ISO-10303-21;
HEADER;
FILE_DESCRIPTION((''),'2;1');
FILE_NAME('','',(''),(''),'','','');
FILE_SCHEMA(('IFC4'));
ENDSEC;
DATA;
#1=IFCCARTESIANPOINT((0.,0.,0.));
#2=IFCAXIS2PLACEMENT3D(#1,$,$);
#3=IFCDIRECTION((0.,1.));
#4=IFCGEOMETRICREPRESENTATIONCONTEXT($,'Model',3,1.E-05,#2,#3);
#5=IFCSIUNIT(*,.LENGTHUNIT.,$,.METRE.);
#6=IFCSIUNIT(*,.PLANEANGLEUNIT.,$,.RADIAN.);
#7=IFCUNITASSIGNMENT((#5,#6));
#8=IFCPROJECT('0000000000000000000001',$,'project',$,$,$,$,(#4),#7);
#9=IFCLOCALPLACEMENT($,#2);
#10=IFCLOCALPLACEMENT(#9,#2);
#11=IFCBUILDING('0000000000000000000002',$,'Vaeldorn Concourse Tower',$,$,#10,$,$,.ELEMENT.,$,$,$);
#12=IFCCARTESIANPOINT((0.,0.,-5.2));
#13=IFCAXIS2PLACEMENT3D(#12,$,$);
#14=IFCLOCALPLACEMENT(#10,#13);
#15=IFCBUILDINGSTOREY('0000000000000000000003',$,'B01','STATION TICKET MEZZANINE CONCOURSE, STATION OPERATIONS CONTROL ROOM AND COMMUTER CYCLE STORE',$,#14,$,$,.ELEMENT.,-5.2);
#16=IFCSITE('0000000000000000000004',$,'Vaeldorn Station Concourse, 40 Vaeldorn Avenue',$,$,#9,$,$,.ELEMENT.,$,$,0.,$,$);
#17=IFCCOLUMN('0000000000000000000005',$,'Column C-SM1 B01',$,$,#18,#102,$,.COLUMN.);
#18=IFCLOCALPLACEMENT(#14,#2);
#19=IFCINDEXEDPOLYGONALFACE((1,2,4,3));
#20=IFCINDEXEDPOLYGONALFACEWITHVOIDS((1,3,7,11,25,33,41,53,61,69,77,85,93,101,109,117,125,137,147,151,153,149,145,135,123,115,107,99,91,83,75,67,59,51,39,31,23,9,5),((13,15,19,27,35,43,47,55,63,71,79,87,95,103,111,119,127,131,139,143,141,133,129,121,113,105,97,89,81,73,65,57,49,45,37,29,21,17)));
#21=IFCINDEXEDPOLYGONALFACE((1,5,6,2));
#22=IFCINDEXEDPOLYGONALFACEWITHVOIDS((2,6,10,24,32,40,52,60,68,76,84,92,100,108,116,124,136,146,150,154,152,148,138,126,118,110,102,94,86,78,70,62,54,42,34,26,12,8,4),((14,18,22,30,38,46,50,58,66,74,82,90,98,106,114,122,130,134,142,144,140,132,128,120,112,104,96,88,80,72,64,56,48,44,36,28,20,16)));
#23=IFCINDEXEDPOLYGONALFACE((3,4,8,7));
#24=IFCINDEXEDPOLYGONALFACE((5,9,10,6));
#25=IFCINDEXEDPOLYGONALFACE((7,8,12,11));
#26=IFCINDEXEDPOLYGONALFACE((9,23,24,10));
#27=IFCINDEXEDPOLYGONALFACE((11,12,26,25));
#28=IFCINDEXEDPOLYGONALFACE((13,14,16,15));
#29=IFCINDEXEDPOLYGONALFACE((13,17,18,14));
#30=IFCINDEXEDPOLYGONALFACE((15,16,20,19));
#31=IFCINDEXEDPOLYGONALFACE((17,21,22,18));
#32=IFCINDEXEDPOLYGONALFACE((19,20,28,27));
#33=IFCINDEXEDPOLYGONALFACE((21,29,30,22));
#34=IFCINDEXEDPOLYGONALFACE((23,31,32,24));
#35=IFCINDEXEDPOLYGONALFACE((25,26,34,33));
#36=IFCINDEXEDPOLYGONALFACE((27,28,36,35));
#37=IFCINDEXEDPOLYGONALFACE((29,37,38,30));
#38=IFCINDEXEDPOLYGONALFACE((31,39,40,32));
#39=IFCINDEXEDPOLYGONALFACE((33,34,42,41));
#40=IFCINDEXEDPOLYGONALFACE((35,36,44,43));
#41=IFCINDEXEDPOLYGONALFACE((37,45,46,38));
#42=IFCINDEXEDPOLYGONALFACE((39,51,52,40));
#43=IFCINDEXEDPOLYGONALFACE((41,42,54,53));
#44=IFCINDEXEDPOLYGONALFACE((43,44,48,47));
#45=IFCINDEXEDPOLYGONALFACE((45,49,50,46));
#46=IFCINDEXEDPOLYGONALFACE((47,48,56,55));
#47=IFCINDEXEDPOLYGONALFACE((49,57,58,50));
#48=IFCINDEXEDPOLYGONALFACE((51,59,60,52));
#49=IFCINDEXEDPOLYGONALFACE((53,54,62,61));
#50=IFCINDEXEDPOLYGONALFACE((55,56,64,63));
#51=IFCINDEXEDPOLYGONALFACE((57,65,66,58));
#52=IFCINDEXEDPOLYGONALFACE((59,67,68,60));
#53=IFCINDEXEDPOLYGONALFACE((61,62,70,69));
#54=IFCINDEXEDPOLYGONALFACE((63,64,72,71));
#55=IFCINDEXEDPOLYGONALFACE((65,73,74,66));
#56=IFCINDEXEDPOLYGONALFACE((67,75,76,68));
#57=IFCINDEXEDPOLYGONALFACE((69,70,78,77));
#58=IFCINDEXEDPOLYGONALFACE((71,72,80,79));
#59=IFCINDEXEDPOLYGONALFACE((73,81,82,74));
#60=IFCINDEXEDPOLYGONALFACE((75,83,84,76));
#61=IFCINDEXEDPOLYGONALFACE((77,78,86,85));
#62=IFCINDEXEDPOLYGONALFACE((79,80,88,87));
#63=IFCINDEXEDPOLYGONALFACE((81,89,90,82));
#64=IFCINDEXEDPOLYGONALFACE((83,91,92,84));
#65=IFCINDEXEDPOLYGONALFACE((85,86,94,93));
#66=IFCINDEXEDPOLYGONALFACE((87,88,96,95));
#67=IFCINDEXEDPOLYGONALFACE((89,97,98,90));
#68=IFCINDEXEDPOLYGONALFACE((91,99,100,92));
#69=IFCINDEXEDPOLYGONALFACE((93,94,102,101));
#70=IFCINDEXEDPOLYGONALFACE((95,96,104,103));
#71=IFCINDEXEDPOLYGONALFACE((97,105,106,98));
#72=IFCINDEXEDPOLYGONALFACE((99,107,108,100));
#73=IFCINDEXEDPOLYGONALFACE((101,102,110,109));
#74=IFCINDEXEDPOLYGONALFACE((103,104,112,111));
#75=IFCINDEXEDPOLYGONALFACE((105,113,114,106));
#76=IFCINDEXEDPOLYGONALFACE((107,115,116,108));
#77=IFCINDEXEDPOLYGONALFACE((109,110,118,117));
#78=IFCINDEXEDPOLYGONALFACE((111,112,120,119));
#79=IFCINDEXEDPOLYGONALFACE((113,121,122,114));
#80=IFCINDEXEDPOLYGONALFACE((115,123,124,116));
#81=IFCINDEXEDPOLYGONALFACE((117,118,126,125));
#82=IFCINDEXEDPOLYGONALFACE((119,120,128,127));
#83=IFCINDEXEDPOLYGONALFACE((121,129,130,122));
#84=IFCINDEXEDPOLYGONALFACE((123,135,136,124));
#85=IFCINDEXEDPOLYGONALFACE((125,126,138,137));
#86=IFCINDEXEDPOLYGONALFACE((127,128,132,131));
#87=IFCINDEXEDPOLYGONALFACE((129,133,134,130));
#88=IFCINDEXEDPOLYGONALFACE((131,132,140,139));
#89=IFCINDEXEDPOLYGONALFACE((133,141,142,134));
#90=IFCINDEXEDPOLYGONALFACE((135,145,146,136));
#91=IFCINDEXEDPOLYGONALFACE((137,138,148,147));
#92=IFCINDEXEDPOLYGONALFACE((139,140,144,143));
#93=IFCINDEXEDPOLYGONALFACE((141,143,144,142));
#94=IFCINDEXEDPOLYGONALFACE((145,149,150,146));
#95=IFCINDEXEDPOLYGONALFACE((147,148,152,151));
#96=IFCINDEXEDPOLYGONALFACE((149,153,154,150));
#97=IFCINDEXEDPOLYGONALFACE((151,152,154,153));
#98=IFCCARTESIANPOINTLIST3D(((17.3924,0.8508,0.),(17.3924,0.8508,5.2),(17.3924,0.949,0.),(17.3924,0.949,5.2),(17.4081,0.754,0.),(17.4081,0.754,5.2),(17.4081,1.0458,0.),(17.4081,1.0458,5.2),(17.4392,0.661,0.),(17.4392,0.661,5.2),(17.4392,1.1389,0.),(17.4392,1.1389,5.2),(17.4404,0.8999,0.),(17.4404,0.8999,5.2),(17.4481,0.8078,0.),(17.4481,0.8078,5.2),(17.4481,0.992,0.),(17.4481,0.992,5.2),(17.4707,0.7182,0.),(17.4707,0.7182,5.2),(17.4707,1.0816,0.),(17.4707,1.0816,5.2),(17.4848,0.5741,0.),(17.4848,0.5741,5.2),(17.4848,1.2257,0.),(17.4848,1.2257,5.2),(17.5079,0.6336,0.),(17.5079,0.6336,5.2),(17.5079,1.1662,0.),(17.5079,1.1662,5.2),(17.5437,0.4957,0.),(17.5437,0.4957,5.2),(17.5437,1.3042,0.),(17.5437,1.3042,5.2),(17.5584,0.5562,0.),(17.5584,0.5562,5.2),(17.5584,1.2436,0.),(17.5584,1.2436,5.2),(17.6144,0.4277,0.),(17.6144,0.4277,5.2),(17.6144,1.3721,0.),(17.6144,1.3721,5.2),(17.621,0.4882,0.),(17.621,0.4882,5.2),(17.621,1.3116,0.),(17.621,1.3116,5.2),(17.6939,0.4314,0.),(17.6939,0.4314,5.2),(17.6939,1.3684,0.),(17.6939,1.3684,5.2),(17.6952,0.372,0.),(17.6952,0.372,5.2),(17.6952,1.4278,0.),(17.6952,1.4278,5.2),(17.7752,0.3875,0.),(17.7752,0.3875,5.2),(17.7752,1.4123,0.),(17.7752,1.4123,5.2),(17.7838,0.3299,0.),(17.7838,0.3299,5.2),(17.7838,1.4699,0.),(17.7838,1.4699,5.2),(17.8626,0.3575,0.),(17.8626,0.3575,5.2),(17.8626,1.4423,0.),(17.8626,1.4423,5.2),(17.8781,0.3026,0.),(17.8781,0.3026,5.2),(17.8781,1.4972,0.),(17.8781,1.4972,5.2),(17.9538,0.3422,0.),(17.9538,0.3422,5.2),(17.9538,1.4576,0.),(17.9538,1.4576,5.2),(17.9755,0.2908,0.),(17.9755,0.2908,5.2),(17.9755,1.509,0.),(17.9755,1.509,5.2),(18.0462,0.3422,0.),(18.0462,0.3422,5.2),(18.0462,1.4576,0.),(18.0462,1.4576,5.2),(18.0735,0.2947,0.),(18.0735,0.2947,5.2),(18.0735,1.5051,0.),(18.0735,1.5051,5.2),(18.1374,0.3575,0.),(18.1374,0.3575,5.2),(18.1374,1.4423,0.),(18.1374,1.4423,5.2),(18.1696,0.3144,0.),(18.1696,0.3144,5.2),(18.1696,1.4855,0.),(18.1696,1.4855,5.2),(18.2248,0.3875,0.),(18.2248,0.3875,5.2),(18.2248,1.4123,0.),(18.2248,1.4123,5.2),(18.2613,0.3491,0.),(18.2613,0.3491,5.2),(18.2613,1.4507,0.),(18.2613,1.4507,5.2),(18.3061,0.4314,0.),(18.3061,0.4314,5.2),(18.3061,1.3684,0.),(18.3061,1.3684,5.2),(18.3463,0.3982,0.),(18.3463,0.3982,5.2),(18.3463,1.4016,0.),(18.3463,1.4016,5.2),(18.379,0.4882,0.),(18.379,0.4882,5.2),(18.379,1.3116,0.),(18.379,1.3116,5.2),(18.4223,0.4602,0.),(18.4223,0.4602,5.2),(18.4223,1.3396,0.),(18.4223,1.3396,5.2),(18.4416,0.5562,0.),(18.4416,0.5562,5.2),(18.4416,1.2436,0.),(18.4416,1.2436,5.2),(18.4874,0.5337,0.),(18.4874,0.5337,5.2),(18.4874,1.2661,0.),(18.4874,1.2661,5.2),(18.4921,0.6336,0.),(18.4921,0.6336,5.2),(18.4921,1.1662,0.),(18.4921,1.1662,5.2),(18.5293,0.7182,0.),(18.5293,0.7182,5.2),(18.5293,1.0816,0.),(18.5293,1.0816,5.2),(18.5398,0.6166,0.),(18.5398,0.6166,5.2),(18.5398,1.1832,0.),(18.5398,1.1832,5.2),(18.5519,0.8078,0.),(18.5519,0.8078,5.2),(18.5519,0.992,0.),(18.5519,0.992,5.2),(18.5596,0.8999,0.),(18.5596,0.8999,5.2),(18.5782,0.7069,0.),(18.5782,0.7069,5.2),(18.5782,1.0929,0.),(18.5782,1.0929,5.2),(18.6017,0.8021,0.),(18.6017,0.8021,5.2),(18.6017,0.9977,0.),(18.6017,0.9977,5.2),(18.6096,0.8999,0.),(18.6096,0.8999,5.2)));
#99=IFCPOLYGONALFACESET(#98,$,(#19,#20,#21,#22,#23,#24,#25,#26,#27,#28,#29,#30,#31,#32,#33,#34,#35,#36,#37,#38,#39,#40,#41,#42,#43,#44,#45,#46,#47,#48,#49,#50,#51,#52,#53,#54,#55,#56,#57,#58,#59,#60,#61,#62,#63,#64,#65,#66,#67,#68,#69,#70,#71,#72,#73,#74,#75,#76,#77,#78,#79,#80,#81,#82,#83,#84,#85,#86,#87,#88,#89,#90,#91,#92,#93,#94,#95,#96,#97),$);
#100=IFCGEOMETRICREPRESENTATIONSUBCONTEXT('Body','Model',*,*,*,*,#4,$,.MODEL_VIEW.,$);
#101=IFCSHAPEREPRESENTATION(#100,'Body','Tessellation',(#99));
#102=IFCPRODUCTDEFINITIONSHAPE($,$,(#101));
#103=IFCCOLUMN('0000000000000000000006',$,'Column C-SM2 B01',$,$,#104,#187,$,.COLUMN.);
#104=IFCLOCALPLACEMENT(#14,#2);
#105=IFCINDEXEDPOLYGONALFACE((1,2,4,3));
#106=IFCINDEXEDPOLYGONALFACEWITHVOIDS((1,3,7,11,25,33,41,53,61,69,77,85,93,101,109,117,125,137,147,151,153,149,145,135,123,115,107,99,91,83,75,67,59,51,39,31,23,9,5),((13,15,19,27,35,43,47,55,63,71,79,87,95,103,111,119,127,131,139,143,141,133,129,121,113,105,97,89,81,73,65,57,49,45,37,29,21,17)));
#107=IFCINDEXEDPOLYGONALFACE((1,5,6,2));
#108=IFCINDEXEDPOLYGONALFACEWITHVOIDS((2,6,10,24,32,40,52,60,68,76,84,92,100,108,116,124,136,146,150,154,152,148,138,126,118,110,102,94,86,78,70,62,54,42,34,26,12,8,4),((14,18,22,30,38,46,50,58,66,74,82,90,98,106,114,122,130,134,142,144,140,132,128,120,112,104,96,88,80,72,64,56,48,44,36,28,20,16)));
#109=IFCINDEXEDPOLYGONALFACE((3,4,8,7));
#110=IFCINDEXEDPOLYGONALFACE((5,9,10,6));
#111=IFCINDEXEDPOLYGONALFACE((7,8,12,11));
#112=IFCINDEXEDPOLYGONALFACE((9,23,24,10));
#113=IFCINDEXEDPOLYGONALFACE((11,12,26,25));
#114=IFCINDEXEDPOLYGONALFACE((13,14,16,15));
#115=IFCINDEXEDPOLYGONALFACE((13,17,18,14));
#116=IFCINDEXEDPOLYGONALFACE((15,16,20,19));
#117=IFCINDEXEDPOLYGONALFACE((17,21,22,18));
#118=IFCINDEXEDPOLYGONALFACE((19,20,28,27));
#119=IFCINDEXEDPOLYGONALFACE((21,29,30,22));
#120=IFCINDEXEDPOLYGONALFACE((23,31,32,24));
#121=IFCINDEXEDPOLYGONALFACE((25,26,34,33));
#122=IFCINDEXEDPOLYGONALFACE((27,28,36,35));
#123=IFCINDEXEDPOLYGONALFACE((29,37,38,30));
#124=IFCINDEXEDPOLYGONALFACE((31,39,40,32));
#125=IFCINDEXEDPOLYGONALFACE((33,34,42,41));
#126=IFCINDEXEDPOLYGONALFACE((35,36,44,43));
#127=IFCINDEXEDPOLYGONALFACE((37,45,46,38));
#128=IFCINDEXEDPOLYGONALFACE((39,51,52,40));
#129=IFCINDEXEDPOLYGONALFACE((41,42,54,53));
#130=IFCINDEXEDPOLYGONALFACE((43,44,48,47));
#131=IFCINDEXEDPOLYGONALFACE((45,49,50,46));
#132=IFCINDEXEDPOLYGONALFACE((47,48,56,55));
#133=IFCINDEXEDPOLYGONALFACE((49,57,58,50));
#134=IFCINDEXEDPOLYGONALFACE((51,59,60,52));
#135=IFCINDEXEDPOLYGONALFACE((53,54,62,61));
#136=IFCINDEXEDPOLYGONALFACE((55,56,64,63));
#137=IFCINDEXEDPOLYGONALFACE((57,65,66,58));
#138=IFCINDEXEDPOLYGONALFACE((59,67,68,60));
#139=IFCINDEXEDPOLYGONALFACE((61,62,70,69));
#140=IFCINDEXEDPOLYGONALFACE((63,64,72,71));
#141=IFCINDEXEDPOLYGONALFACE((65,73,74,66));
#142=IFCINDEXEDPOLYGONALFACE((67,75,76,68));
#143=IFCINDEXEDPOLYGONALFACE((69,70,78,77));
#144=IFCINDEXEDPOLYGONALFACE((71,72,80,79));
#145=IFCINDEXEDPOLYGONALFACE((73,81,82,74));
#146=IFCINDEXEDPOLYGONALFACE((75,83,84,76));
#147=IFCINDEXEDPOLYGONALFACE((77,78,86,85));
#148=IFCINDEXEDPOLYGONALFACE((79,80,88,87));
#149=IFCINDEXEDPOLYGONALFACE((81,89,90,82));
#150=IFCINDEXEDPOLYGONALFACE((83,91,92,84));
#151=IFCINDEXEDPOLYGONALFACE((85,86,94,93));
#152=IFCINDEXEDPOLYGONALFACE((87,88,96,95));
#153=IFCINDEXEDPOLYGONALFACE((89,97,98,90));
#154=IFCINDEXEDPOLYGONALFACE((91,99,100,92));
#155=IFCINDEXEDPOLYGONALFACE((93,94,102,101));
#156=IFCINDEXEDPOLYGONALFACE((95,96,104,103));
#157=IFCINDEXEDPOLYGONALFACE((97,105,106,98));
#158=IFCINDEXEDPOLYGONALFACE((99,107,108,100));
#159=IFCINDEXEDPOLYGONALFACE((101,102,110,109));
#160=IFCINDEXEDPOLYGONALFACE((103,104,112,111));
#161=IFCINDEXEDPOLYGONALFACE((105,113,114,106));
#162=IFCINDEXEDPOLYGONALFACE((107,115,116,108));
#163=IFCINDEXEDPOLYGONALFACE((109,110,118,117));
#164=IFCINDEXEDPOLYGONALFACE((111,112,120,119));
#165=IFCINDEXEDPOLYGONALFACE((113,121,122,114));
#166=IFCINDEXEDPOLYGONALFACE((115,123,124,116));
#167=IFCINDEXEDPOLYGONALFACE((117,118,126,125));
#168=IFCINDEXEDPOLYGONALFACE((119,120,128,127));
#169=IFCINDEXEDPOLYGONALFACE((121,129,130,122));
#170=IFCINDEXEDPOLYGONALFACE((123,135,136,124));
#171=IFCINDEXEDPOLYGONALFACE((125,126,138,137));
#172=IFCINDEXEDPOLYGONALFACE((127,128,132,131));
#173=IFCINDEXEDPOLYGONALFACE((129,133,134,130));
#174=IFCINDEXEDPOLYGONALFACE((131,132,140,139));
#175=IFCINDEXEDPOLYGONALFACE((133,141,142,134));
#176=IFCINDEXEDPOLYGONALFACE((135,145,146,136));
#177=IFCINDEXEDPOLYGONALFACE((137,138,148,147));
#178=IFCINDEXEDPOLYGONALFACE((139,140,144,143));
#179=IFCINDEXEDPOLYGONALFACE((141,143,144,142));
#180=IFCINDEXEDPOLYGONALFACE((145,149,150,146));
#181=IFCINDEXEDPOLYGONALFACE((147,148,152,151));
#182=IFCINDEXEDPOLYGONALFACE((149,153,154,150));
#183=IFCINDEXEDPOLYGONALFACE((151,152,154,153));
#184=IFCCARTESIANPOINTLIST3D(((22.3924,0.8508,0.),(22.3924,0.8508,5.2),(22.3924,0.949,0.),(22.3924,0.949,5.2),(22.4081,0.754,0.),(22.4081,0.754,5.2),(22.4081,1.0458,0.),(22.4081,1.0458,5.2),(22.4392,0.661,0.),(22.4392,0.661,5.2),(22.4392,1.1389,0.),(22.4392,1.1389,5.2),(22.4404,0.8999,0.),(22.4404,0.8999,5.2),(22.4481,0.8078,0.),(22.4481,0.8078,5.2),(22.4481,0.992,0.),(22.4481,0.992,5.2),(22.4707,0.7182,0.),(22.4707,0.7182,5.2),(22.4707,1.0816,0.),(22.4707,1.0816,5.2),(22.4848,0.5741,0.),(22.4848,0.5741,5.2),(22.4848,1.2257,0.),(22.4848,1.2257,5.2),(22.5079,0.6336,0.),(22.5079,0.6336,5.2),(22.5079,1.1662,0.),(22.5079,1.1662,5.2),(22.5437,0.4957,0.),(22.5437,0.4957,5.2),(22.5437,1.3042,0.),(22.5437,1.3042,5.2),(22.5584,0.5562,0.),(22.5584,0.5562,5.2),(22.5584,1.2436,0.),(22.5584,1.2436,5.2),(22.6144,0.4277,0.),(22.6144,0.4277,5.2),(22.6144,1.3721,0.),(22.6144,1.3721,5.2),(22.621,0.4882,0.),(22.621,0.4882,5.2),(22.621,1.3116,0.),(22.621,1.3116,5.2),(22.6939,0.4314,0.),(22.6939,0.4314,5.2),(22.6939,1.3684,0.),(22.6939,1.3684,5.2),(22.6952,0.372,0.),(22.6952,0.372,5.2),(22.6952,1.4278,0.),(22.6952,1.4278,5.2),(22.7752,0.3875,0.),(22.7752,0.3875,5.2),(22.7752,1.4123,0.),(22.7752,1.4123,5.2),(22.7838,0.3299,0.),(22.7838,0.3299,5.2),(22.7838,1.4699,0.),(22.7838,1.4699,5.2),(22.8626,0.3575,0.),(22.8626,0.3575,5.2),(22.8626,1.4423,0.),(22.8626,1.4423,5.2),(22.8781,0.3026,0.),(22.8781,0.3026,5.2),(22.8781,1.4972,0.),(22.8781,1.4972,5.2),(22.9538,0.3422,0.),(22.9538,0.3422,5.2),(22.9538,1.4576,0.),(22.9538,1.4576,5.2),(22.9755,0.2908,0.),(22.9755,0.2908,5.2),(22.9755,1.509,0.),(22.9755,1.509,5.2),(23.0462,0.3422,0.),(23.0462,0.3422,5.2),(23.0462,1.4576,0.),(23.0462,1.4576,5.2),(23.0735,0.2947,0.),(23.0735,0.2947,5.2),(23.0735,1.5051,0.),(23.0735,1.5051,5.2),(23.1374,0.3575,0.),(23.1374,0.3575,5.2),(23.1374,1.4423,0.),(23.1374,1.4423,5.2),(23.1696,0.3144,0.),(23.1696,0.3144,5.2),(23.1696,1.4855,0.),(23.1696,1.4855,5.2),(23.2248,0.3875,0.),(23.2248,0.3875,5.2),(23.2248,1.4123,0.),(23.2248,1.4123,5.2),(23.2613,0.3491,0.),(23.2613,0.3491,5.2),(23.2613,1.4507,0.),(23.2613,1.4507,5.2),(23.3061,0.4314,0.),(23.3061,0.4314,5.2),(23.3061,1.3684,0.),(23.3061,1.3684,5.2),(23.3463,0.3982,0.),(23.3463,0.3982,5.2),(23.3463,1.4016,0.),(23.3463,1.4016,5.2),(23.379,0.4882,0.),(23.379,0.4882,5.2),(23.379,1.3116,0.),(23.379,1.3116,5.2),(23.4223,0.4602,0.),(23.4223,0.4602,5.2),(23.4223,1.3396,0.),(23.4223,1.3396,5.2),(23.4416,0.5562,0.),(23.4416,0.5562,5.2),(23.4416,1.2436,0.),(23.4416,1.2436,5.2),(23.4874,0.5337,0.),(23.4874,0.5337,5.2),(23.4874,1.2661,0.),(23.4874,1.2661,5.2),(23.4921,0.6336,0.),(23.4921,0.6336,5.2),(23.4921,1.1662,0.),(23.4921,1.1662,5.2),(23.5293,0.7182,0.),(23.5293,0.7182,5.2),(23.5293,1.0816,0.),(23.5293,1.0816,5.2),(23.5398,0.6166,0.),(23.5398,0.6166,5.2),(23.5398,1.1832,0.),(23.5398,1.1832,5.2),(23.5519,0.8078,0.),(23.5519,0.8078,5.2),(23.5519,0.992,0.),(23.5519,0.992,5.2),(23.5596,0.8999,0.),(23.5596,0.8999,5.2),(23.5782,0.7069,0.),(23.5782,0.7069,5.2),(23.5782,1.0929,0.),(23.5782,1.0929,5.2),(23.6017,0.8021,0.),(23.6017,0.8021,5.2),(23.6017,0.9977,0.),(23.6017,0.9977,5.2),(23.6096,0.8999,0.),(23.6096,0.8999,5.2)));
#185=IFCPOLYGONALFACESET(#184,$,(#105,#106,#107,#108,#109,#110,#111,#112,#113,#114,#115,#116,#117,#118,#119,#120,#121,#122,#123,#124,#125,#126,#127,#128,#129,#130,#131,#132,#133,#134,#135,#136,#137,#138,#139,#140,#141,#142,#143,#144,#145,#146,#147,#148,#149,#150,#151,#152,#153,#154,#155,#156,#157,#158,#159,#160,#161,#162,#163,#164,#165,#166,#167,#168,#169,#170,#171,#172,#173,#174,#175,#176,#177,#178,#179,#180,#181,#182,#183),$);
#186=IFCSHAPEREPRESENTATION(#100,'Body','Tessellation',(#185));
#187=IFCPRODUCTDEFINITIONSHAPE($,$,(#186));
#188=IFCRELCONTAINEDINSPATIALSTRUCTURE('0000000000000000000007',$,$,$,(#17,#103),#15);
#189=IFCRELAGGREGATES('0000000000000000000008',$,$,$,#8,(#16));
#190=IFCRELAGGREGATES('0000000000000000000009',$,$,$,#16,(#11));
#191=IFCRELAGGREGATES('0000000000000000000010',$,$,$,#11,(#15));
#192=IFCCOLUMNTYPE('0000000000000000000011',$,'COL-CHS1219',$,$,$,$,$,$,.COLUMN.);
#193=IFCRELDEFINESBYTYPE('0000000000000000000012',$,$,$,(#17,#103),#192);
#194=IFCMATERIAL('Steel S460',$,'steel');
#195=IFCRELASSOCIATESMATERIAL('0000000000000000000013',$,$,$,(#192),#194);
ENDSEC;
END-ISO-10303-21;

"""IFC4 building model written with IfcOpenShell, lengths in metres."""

from ifc_helpers import new_model, si_unit, direction, frame, origin, origin_2d, place, context, subcontext, project, spatial, hollow_circle, extrude, source, transform, mapped, material, material_profile, profile_set, type_object, element, save


model = new_model("IFC4")

# Units and contexts
model_context = context("Model", 3, precision=1e-05, world=origin(), true_north=direction((0.0, 1.0)))
body_context = subcontext(model_context, "Body", "Model", "MODEL_VIEW")
ifc_project = project(units=[si_unit("LENGTHUNIT", "METRE"), si_unit("PLANEANGLEUNIT", "RADIAN")], contexts=[model_context])

# Site, building, storey
site_placement = place(None, origin())
site = spatial("IfcSite", under=ifc_project, at=site_placement, Name="Vaeldorn Station Concourse, 40 Vaeldorn Avenue", CompositionType="ELEMENT", RefElevation=0.0)
building_placement = place(site_placement, origin())
building = spatial("IfcBuilding", under=site, at=building_placement, Name="Vaeldorn Concourse Tower", CompositionType="ELEMENT")
storey_placement = place(building_placement, frame((0.0, 0.0, -5.2)))
storey = spatial("IfcBuildingStorey", under=building, at=storey_placement, Name="B01", Description="STATION TICKET MEZZANINE CONCOURSE, STATION OPERATIONS CONTROL ROOM AND COMMUTER CYCLE STORE", CompositionType="ELEMENT", Elevation=-5.2)

# Columns
ifc_material_1 = material(Name="Steel S460", Category="steel")
ifc_material_profile_1 = material_profile(ifc_material_1, hollow_circle(Radius=0.6096, WallThickness=0.05, at=origin_2d()), Name="CHS 1219x50")
ifc_profile_set_1 = profile_set([ifc_material_profile_1], Name="Steel S460")
column_type_1 = type_object("IfcColumnType", Name="COL-CHS1219", PredefinedType="COLUMN", material=ifc_profile_set_1)
shared_shape_1 = source(origin(), body_context, "Body", "SweptSolid", [
    extrude(hollow_circle(Radius=0.6096, WallThickness=0.05, at=origin_2d()), origin(), (0.0, 0.0, 1.0), 5.2),
])
for number, where, z_axis, x_axis, name in (
    (1, (18.0, 0.8999, 0.0), (0.0, 0.0, 1.0), (1.0, 0.0, 0.0), "Column C-SM1 B01"),
    (2, (23.0, 0.8999, 0.0), (0.0, 0.0, 1.0), (1.0, 0.0, 0.0), "Column C-SM2 B01"),
):
    element("IfcColumn", number, at=place(storey_placement, frame(where, z_axis=z_axis, x_axis=x_axis)), inside=storey, type_object=column_type_1, Name=name, PredefinedType="COLUMN", context=body_context, shape_type="MappedRepresentation", body=[
        mapped(shared_shape_1, transform((0.0, 0.0, 0.0), scale=1.0)),
    ])

save(model, "model.ifc")
